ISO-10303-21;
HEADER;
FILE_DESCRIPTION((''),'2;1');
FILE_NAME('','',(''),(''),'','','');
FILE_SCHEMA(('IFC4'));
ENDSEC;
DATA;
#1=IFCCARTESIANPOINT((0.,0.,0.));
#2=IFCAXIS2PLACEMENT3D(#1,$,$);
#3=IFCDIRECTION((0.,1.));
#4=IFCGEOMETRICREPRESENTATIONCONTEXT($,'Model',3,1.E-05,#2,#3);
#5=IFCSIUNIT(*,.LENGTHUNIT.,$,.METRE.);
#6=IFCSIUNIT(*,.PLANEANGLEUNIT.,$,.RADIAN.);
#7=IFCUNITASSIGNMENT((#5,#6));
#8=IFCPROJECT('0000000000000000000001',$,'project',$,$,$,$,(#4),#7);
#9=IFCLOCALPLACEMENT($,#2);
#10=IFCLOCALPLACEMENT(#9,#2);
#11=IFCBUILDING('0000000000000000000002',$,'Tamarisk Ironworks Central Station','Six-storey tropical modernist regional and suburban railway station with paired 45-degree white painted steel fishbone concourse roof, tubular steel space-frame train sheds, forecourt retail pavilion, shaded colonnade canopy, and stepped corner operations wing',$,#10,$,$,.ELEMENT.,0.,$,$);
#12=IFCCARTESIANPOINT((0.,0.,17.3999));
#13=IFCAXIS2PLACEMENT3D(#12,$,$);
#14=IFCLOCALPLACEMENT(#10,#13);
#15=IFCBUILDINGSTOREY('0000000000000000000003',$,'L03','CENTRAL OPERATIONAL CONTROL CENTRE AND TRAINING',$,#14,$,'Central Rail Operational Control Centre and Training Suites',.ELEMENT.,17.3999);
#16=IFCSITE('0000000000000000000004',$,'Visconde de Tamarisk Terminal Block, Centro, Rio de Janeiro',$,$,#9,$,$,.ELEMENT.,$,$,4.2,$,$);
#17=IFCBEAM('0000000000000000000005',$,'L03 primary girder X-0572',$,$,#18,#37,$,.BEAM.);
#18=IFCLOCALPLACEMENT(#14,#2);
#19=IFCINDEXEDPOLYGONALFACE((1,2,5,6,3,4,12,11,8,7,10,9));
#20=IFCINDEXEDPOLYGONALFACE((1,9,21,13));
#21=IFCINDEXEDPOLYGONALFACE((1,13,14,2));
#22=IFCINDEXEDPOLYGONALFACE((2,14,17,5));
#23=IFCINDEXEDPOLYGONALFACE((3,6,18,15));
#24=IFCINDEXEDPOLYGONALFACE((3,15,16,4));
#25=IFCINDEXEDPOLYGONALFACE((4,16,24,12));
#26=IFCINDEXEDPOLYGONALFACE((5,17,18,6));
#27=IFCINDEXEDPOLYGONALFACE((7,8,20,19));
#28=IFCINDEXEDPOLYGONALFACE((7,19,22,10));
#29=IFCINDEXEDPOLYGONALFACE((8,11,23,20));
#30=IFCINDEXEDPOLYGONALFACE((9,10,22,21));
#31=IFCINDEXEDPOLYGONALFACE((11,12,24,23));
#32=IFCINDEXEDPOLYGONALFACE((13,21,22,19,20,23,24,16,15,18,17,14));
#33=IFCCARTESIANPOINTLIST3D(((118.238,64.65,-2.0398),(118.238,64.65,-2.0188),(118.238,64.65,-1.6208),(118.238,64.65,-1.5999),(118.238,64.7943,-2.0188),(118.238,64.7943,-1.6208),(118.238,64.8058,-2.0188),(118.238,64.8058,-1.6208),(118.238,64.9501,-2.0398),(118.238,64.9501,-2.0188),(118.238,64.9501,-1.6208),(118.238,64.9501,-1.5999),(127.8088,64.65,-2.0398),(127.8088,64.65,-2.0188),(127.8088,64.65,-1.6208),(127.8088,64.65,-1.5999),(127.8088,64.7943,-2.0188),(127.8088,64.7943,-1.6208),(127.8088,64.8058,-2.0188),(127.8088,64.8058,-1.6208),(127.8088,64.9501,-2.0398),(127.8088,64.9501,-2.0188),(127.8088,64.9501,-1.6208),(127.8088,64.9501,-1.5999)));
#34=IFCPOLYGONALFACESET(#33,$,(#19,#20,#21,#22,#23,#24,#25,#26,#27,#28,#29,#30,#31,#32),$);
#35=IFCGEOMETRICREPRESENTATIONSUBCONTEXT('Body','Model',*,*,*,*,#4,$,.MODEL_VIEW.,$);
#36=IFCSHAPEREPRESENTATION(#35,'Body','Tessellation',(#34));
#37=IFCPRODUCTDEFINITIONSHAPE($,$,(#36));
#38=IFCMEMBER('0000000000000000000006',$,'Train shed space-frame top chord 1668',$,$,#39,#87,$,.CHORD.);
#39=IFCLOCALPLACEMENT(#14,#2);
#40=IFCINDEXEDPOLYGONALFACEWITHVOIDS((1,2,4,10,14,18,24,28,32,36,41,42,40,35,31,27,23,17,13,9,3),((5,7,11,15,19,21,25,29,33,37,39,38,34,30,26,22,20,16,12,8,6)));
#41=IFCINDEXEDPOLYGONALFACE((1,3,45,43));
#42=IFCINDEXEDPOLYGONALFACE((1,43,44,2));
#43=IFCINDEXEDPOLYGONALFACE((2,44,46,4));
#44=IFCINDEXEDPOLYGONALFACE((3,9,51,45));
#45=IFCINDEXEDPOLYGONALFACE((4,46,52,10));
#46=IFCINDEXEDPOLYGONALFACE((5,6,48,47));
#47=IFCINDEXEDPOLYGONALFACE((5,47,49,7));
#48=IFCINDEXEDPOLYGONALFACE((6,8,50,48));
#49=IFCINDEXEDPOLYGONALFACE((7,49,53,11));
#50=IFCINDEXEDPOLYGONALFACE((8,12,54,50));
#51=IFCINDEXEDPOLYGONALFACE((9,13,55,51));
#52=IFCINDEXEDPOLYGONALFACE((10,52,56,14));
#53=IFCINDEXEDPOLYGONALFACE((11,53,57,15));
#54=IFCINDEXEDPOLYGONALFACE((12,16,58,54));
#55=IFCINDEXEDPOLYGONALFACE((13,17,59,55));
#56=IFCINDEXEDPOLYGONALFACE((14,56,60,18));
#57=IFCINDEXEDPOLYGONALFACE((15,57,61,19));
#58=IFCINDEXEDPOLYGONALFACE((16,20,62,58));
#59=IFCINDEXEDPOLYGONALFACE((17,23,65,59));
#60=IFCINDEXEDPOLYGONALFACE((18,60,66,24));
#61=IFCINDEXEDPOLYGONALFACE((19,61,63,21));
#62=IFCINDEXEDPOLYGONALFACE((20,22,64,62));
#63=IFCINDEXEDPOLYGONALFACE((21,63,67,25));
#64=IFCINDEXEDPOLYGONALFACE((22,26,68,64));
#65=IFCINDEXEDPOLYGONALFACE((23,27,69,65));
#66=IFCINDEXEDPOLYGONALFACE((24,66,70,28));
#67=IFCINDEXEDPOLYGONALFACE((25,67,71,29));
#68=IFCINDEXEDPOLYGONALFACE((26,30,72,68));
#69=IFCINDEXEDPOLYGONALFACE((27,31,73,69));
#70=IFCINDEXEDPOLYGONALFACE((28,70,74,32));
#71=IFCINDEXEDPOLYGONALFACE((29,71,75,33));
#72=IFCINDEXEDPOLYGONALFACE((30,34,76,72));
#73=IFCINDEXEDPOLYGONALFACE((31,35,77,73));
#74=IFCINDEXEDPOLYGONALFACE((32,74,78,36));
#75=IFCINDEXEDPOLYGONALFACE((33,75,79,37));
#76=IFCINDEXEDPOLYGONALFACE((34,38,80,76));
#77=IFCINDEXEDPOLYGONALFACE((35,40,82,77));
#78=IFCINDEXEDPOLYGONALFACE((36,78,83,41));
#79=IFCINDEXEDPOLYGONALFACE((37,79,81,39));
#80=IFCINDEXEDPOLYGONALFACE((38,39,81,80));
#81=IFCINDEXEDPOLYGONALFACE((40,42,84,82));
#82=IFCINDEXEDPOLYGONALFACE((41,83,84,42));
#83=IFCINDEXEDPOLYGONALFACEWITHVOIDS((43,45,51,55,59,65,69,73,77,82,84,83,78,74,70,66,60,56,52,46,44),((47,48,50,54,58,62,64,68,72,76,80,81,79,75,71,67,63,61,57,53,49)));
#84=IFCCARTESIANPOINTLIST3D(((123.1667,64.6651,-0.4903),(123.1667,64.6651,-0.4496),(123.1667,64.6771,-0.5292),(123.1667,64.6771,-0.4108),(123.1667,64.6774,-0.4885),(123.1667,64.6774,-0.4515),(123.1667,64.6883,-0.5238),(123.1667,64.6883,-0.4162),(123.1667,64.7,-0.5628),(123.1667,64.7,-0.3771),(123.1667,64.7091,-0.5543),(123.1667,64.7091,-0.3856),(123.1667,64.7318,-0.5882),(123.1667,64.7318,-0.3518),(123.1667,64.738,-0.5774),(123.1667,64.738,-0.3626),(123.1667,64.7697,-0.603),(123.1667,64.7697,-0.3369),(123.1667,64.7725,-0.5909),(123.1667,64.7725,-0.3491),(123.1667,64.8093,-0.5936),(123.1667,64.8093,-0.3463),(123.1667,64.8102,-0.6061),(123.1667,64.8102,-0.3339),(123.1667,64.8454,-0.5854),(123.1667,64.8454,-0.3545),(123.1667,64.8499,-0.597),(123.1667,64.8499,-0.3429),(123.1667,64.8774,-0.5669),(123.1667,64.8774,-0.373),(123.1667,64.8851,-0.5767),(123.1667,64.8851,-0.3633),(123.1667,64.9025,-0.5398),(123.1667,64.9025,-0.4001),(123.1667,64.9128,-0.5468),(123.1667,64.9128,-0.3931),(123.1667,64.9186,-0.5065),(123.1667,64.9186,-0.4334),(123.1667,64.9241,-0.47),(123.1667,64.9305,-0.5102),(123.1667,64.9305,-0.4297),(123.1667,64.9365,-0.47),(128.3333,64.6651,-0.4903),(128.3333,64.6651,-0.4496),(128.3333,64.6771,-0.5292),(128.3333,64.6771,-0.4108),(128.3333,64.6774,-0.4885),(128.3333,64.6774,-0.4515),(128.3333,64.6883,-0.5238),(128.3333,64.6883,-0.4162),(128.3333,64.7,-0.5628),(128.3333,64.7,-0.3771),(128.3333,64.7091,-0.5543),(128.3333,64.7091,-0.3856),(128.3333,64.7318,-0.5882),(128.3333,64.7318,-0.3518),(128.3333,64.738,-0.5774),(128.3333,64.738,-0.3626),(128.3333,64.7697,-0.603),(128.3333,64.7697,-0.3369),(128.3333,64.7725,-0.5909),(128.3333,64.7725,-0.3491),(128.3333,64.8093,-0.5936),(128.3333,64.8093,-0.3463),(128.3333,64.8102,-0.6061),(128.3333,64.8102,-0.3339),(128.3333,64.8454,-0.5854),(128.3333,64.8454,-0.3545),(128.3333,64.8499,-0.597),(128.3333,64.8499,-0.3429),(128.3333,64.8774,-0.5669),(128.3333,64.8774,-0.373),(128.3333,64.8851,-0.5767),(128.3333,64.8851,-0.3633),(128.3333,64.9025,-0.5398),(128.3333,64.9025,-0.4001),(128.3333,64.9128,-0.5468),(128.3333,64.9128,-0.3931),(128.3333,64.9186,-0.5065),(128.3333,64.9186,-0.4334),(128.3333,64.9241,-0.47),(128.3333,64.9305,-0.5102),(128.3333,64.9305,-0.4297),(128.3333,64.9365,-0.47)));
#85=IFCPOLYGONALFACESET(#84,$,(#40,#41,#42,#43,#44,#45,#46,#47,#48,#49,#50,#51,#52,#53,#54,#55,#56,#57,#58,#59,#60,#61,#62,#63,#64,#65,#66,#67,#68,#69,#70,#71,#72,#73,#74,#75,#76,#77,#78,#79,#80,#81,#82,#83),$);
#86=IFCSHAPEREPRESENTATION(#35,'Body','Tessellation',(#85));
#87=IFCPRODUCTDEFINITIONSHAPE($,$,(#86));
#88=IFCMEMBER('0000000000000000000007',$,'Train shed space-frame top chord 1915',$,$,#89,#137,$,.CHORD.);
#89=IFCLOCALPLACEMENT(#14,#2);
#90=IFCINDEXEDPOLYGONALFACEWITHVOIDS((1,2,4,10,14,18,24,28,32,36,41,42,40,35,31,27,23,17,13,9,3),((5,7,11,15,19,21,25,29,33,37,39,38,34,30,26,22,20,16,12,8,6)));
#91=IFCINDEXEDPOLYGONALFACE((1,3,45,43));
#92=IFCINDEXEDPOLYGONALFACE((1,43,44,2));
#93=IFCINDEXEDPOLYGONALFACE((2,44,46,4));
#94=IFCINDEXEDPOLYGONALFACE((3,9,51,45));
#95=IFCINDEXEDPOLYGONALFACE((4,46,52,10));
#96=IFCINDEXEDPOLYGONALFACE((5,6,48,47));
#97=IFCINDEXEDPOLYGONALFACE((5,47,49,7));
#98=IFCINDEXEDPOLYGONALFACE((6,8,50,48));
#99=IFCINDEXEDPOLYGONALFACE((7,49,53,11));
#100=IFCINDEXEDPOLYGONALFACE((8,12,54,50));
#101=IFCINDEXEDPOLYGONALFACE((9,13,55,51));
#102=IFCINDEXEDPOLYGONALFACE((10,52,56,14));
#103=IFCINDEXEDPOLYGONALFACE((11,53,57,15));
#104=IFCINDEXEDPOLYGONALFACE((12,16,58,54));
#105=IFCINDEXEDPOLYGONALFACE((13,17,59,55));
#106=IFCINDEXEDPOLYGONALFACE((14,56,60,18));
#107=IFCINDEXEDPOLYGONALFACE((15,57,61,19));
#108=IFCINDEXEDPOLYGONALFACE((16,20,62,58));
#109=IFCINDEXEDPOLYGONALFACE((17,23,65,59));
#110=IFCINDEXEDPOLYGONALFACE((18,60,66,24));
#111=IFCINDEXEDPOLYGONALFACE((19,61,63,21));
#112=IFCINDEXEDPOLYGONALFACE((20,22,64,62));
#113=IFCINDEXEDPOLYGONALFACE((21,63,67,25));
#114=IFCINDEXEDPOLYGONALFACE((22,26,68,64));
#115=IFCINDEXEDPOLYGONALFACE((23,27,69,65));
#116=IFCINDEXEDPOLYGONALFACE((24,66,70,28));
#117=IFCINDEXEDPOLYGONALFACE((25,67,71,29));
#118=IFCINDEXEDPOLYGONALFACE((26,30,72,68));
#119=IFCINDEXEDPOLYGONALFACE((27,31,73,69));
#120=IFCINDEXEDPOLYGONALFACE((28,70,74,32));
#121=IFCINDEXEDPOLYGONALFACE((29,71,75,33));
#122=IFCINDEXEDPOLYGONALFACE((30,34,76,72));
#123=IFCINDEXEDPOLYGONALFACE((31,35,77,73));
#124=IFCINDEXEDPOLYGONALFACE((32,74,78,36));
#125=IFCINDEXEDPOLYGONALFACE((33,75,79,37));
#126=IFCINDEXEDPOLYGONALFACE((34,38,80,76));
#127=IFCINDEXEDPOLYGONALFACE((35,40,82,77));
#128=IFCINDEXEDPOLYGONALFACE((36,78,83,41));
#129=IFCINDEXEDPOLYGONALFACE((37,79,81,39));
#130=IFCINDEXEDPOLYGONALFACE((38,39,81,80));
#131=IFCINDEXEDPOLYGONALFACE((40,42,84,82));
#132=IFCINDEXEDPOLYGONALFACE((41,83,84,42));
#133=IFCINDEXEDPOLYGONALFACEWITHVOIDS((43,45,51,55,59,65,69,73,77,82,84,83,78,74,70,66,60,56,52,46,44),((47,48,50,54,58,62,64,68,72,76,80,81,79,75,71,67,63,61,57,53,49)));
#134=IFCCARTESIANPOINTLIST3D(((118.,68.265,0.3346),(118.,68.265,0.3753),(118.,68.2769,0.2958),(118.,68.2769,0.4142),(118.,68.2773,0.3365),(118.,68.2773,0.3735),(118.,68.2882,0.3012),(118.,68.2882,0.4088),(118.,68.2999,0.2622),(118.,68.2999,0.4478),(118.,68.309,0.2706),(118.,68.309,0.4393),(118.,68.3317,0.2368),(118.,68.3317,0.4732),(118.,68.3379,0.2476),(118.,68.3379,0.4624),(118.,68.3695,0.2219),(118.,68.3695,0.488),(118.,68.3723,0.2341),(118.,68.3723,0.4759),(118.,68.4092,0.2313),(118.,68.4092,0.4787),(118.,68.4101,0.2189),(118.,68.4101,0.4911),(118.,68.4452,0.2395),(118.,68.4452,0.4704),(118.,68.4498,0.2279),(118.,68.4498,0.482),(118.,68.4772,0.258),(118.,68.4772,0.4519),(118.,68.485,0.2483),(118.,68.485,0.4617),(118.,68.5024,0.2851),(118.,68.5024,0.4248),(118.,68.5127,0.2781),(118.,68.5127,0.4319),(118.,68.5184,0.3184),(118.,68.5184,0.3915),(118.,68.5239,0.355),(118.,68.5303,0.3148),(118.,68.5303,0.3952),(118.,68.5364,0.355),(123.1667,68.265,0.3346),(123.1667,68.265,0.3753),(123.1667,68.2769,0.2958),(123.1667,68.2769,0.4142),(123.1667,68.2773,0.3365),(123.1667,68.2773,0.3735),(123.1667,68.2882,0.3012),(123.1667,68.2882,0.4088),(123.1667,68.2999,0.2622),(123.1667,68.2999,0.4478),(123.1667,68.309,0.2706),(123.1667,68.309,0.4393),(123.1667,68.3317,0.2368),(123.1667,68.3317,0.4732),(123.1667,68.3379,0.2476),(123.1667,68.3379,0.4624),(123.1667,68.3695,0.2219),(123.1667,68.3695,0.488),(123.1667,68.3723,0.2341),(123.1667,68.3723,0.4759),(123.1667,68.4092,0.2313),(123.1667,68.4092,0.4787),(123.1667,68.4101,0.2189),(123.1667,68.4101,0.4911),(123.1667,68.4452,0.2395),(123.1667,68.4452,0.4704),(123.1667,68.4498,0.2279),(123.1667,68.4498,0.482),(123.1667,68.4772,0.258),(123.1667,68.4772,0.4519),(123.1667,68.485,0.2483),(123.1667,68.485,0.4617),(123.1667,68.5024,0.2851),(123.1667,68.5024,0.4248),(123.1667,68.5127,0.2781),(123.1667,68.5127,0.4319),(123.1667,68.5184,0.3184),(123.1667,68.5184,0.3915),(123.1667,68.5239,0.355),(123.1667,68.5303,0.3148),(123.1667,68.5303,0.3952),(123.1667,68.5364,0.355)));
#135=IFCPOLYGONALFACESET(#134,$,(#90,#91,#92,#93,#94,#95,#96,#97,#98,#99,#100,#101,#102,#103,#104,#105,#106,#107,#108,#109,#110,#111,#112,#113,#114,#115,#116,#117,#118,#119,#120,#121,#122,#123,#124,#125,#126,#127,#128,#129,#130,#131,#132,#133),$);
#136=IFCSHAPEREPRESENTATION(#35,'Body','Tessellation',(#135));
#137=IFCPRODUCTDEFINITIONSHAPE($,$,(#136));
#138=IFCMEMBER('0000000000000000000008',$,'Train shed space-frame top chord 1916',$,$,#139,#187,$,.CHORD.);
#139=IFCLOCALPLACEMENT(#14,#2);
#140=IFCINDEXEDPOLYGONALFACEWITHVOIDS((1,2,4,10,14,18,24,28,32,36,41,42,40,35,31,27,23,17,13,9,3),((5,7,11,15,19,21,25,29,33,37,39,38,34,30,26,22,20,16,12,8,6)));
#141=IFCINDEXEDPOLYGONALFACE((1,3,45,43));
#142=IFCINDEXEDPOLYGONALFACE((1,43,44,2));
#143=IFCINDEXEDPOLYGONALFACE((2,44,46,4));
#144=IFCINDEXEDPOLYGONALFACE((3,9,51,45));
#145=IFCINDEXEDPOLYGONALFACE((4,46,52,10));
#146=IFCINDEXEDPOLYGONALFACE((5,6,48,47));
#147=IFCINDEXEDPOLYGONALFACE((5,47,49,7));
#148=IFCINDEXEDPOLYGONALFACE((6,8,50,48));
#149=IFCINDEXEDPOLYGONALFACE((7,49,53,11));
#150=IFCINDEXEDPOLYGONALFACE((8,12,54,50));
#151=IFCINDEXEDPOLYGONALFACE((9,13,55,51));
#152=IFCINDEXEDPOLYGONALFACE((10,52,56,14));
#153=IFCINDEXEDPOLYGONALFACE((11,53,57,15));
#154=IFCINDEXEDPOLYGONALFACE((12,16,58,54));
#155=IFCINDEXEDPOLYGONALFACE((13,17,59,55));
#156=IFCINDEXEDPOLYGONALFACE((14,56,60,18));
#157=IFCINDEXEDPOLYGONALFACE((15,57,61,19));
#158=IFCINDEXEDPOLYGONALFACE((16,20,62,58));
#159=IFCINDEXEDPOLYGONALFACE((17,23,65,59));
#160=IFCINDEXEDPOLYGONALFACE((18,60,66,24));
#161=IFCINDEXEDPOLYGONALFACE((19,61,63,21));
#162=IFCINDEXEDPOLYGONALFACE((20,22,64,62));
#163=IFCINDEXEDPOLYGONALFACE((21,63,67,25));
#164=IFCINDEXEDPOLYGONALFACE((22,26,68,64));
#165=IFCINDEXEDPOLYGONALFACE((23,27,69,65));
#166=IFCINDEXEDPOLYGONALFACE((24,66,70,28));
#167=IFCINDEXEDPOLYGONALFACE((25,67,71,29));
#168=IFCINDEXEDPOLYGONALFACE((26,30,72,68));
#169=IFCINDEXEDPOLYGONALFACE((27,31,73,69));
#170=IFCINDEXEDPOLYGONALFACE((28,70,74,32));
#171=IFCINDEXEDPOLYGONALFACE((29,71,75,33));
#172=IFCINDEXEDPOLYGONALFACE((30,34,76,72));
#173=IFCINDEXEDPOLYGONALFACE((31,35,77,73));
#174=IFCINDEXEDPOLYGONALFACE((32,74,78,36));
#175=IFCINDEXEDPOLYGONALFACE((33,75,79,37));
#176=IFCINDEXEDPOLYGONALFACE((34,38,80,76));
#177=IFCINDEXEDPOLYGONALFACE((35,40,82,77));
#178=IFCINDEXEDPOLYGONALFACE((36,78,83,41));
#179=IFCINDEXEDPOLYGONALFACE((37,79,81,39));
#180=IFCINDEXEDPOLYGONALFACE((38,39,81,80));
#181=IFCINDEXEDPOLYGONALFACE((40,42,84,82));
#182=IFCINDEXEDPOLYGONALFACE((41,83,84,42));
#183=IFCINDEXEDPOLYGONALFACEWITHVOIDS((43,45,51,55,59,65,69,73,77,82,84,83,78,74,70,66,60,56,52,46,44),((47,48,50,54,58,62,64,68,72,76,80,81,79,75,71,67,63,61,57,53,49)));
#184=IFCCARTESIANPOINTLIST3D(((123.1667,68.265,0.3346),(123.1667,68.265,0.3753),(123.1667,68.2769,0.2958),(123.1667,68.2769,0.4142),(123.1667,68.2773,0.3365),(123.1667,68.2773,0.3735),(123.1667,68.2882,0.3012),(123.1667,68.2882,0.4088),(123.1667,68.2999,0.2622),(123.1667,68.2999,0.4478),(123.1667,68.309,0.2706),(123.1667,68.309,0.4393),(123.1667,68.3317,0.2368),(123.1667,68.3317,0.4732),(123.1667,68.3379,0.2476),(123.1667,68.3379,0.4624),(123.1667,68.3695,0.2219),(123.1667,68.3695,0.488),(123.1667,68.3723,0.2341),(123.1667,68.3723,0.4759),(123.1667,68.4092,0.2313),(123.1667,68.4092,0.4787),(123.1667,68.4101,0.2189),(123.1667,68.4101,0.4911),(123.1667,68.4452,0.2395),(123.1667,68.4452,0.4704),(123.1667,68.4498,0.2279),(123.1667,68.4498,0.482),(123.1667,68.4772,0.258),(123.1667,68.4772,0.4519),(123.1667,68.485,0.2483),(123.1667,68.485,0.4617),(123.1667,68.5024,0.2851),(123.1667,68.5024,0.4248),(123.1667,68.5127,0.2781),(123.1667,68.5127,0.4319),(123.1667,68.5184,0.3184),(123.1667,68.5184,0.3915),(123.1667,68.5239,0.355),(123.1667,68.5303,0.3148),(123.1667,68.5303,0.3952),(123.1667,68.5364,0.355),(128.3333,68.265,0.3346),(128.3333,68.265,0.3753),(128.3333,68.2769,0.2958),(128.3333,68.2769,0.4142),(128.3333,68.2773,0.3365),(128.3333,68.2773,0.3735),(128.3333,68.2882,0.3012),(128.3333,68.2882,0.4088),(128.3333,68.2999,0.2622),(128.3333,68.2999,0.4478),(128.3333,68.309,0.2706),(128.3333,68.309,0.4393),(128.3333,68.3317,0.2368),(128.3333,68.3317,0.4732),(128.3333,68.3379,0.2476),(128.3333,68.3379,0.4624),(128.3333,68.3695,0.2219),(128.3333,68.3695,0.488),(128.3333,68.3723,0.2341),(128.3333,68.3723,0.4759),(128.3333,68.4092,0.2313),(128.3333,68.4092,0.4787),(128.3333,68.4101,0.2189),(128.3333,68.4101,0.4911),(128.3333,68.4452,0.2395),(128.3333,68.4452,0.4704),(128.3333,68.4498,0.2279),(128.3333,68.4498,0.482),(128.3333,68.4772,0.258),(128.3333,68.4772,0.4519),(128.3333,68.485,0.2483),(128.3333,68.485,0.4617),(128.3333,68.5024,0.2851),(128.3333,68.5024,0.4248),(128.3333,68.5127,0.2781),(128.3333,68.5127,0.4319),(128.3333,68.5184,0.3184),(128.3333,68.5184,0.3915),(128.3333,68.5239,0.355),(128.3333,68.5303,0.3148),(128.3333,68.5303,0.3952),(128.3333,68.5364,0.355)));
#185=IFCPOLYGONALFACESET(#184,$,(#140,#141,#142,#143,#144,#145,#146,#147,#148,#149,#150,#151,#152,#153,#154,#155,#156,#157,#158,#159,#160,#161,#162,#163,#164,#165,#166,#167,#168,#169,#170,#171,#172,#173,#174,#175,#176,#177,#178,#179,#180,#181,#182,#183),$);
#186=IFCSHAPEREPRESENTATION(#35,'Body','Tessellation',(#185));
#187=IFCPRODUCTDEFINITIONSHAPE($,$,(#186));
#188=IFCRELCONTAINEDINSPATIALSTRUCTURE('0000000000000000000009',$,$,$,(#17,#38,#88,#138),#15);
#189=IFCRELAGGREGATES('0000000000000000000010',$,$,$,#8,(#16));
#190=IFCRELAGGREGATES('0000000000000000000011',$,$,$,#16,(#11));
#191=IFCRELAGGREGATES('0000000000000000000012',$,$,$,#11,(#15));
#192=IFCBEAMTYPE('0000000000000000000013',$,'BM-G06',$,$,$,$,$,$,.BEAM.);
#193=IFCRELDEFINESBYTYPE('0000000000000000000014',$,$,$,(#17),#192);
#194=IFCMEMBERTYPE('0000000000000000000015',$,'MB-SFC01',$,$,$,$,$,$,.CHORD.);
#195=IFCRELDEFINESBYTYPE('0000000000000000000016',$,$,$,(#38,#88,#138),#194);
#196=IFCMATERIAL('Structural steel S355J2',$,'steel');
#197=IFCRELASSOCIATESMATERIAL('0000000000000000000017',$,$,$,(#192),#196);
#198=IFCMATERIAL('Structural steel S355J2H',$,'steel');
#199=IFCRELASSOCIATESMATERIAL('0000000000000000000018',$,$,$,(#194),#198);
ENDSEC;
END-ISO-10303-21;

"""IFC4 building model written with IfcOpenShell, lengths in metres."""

from ifc_helpers import new_model, si_unit, direction, frame, origin, origin_2d, place, context, subcontext, project, spatial, hollow_circle, i_section, extrude, material, material_profile, profile_set, type_object, element, save


model = new_model("IFC4")

# Units and contexts
model_context = context("Model", 3, precision=1e-05, world=origin(), true_north=direction((0.0, 1.0)))
body_context = subcontext(model_context, "Body", "Model", "MODEL_VIEW")
ifc_project = project(units=[si_unit("LENGTHUNIT", "METRE"), si_unit("PLANEANGLEUNIT", "RADIAN")], contexts=[model_context])

# Site, building, storey
site_placement = place(None, origin())
site = spatial("IfcSite", under=ifc_project, at=site_placement, Name="Visconde de Tamarisk Terminal Block, Centro, Rio de Janeiro", CompositionType="ELEMENT", RefElevation=4.2)
building_placement = place(site_placement, origin())
building = spatial("IfcBuilding", under=site, at=building_placement, Name="Tamarisk Ironworks Central Station", Description="Six-storey tropical modernist regional and suburban railway station with paired 45-degree white painted steel fishbone concourse roof, tubular steel space-frame train sheds, forecourt retail pavilion, shaded colonnade canopy, and stepped corner operations wing", CompositionType="ELEMENT", ElevationOfRefHeight=0.0)
storey_placement = place(building_placement, frame((0.0, 0.0, 17.3999)))
storey = spatial("IfcBuildingStorey", under=building, at=storey_placement, Name="L03", Description="CENTRAL OPERATIONAL CONTROL CENTRE AND TRAINING", LongName="Central Rail Operational Control Centre and Training Suites", CompositionType="ELEMENT", Elevation=17.3999)

# Beam
ifc_material_1 = material(Name="Structural steel S355J2", Category="steel")
ifc_material_profile_1 = material_profile(ifc_material_1, i_section(OverallWidth=0.3, OverallDepth=0.4399, WebThickness=0.0115, FlangeThickness=0.021, at=origin_2d()), Name="HEA 450")
ifc_profile_set_1 = profile_set([ifc_material_profile_1], Name="Structural steel S355J2")
beam_type = type_object("IfcBeamType", Name="BM-G06", PredefinedType="BEAM", material=ifc_profile_set_1)
beam_placement = place(storey_placement, frame((118.238, 64.8, -1.8198), z_axis=(1.0, 0.0, 0.0), x_axis=(0.0, 1.0, 0.0)))
element("IfcBeam", 1, at=beam_placement, inside=storey, type_object=beam_type, Name="L03 primary girder X-0572", PredefinedType="BEAM", context=body_context, shape_type="SweptSolid", body=[
    extrude(i_section(OverallWidth=0.3, OverallDepth=0.4399, WebThickness=0.0115, FlangeThickness=0.021, at=origin_2d()), origin(), (0.0, 0.0, 1.0), 9.5708),
])

# Members
ifc_material_2 = material(Name="Structural steel S355J2H", Category="steel")
ifc_material_profile_2 = material_profile(ifc_material_2, hollow_circle(Radius=0.1365, WallThickness=0.0125, at=origin_2d()), Name="CHS 273x12.5")
ifc_profile_set_2 = profile_set([ifc_material_profile_2], Name="Structural steel S355J2H")
member_type_1 = type_object("IfcMemberType", Name="MB-SFC01", PredefinedType="CHORD", material=ifc_profile_set_2)
member_1_placement = place(storey_placement, frame((123.1667, 64.8, -0.47), z_axis=(1.0, 0.0, 0.0), x_axis=(0.0, 1.0, 0.0)))
element("IfcMember", 2, at=member_1_placement, inside=storey, type_object=member_type_1, Name="Train shed space-frame top chord 1668", PredefinedType="CHORD", context=body_context, shape_type="SweptSolid", body=[
    extrude(hollow_circle(Radius=0.1365, WallThickness=0.0125, at=origin_2d()), origin(), (0.0, 0.0, 1.0), 5.1665),
])
member_2_placement = place(storey_placement, frame((118.0, 68.3999, 0.355), z_axis=(1.0, 0.0, 0.0), x_axis=(0.0, 1.0, 0.0)))
element("IfcMember", 3, at=member_2_placement, inside=storey, type_object=member_type_1, Name="Train shed space-frame top chord 1915", PredefinedType="CHORD", context=body_context, shape_type="SweptSolid", body=[
    extrude(hollow_circle(Radius=0.1365, WallThickness=0.0125, at=origin_2d()), origin(), (0.0, 0.0, 1.0), 5.1667),
])
member_3_placement = place(storey_placement, frame((123.1667, 68.3999, 0.355), z_axis=(1.0, 0.0, 0.0), x_axis=(0.0, 1.0, 0.0)))
element("IfcMember", 4, at=member_3_placement, inside=storey, type_object=member_type_1, Name="Train shed space-frame top chord 1916", PredefinedType="CHORD", context=body_context, shape_type="SweptSolid", body=[
    extrude(hollow_circle(Radius=0.1365, WallThickness=0.0125, at=origin_2d()), origin(), (0.0, 0.0, 1.0), 5.1665),
])

save(model, "model.ifc")
